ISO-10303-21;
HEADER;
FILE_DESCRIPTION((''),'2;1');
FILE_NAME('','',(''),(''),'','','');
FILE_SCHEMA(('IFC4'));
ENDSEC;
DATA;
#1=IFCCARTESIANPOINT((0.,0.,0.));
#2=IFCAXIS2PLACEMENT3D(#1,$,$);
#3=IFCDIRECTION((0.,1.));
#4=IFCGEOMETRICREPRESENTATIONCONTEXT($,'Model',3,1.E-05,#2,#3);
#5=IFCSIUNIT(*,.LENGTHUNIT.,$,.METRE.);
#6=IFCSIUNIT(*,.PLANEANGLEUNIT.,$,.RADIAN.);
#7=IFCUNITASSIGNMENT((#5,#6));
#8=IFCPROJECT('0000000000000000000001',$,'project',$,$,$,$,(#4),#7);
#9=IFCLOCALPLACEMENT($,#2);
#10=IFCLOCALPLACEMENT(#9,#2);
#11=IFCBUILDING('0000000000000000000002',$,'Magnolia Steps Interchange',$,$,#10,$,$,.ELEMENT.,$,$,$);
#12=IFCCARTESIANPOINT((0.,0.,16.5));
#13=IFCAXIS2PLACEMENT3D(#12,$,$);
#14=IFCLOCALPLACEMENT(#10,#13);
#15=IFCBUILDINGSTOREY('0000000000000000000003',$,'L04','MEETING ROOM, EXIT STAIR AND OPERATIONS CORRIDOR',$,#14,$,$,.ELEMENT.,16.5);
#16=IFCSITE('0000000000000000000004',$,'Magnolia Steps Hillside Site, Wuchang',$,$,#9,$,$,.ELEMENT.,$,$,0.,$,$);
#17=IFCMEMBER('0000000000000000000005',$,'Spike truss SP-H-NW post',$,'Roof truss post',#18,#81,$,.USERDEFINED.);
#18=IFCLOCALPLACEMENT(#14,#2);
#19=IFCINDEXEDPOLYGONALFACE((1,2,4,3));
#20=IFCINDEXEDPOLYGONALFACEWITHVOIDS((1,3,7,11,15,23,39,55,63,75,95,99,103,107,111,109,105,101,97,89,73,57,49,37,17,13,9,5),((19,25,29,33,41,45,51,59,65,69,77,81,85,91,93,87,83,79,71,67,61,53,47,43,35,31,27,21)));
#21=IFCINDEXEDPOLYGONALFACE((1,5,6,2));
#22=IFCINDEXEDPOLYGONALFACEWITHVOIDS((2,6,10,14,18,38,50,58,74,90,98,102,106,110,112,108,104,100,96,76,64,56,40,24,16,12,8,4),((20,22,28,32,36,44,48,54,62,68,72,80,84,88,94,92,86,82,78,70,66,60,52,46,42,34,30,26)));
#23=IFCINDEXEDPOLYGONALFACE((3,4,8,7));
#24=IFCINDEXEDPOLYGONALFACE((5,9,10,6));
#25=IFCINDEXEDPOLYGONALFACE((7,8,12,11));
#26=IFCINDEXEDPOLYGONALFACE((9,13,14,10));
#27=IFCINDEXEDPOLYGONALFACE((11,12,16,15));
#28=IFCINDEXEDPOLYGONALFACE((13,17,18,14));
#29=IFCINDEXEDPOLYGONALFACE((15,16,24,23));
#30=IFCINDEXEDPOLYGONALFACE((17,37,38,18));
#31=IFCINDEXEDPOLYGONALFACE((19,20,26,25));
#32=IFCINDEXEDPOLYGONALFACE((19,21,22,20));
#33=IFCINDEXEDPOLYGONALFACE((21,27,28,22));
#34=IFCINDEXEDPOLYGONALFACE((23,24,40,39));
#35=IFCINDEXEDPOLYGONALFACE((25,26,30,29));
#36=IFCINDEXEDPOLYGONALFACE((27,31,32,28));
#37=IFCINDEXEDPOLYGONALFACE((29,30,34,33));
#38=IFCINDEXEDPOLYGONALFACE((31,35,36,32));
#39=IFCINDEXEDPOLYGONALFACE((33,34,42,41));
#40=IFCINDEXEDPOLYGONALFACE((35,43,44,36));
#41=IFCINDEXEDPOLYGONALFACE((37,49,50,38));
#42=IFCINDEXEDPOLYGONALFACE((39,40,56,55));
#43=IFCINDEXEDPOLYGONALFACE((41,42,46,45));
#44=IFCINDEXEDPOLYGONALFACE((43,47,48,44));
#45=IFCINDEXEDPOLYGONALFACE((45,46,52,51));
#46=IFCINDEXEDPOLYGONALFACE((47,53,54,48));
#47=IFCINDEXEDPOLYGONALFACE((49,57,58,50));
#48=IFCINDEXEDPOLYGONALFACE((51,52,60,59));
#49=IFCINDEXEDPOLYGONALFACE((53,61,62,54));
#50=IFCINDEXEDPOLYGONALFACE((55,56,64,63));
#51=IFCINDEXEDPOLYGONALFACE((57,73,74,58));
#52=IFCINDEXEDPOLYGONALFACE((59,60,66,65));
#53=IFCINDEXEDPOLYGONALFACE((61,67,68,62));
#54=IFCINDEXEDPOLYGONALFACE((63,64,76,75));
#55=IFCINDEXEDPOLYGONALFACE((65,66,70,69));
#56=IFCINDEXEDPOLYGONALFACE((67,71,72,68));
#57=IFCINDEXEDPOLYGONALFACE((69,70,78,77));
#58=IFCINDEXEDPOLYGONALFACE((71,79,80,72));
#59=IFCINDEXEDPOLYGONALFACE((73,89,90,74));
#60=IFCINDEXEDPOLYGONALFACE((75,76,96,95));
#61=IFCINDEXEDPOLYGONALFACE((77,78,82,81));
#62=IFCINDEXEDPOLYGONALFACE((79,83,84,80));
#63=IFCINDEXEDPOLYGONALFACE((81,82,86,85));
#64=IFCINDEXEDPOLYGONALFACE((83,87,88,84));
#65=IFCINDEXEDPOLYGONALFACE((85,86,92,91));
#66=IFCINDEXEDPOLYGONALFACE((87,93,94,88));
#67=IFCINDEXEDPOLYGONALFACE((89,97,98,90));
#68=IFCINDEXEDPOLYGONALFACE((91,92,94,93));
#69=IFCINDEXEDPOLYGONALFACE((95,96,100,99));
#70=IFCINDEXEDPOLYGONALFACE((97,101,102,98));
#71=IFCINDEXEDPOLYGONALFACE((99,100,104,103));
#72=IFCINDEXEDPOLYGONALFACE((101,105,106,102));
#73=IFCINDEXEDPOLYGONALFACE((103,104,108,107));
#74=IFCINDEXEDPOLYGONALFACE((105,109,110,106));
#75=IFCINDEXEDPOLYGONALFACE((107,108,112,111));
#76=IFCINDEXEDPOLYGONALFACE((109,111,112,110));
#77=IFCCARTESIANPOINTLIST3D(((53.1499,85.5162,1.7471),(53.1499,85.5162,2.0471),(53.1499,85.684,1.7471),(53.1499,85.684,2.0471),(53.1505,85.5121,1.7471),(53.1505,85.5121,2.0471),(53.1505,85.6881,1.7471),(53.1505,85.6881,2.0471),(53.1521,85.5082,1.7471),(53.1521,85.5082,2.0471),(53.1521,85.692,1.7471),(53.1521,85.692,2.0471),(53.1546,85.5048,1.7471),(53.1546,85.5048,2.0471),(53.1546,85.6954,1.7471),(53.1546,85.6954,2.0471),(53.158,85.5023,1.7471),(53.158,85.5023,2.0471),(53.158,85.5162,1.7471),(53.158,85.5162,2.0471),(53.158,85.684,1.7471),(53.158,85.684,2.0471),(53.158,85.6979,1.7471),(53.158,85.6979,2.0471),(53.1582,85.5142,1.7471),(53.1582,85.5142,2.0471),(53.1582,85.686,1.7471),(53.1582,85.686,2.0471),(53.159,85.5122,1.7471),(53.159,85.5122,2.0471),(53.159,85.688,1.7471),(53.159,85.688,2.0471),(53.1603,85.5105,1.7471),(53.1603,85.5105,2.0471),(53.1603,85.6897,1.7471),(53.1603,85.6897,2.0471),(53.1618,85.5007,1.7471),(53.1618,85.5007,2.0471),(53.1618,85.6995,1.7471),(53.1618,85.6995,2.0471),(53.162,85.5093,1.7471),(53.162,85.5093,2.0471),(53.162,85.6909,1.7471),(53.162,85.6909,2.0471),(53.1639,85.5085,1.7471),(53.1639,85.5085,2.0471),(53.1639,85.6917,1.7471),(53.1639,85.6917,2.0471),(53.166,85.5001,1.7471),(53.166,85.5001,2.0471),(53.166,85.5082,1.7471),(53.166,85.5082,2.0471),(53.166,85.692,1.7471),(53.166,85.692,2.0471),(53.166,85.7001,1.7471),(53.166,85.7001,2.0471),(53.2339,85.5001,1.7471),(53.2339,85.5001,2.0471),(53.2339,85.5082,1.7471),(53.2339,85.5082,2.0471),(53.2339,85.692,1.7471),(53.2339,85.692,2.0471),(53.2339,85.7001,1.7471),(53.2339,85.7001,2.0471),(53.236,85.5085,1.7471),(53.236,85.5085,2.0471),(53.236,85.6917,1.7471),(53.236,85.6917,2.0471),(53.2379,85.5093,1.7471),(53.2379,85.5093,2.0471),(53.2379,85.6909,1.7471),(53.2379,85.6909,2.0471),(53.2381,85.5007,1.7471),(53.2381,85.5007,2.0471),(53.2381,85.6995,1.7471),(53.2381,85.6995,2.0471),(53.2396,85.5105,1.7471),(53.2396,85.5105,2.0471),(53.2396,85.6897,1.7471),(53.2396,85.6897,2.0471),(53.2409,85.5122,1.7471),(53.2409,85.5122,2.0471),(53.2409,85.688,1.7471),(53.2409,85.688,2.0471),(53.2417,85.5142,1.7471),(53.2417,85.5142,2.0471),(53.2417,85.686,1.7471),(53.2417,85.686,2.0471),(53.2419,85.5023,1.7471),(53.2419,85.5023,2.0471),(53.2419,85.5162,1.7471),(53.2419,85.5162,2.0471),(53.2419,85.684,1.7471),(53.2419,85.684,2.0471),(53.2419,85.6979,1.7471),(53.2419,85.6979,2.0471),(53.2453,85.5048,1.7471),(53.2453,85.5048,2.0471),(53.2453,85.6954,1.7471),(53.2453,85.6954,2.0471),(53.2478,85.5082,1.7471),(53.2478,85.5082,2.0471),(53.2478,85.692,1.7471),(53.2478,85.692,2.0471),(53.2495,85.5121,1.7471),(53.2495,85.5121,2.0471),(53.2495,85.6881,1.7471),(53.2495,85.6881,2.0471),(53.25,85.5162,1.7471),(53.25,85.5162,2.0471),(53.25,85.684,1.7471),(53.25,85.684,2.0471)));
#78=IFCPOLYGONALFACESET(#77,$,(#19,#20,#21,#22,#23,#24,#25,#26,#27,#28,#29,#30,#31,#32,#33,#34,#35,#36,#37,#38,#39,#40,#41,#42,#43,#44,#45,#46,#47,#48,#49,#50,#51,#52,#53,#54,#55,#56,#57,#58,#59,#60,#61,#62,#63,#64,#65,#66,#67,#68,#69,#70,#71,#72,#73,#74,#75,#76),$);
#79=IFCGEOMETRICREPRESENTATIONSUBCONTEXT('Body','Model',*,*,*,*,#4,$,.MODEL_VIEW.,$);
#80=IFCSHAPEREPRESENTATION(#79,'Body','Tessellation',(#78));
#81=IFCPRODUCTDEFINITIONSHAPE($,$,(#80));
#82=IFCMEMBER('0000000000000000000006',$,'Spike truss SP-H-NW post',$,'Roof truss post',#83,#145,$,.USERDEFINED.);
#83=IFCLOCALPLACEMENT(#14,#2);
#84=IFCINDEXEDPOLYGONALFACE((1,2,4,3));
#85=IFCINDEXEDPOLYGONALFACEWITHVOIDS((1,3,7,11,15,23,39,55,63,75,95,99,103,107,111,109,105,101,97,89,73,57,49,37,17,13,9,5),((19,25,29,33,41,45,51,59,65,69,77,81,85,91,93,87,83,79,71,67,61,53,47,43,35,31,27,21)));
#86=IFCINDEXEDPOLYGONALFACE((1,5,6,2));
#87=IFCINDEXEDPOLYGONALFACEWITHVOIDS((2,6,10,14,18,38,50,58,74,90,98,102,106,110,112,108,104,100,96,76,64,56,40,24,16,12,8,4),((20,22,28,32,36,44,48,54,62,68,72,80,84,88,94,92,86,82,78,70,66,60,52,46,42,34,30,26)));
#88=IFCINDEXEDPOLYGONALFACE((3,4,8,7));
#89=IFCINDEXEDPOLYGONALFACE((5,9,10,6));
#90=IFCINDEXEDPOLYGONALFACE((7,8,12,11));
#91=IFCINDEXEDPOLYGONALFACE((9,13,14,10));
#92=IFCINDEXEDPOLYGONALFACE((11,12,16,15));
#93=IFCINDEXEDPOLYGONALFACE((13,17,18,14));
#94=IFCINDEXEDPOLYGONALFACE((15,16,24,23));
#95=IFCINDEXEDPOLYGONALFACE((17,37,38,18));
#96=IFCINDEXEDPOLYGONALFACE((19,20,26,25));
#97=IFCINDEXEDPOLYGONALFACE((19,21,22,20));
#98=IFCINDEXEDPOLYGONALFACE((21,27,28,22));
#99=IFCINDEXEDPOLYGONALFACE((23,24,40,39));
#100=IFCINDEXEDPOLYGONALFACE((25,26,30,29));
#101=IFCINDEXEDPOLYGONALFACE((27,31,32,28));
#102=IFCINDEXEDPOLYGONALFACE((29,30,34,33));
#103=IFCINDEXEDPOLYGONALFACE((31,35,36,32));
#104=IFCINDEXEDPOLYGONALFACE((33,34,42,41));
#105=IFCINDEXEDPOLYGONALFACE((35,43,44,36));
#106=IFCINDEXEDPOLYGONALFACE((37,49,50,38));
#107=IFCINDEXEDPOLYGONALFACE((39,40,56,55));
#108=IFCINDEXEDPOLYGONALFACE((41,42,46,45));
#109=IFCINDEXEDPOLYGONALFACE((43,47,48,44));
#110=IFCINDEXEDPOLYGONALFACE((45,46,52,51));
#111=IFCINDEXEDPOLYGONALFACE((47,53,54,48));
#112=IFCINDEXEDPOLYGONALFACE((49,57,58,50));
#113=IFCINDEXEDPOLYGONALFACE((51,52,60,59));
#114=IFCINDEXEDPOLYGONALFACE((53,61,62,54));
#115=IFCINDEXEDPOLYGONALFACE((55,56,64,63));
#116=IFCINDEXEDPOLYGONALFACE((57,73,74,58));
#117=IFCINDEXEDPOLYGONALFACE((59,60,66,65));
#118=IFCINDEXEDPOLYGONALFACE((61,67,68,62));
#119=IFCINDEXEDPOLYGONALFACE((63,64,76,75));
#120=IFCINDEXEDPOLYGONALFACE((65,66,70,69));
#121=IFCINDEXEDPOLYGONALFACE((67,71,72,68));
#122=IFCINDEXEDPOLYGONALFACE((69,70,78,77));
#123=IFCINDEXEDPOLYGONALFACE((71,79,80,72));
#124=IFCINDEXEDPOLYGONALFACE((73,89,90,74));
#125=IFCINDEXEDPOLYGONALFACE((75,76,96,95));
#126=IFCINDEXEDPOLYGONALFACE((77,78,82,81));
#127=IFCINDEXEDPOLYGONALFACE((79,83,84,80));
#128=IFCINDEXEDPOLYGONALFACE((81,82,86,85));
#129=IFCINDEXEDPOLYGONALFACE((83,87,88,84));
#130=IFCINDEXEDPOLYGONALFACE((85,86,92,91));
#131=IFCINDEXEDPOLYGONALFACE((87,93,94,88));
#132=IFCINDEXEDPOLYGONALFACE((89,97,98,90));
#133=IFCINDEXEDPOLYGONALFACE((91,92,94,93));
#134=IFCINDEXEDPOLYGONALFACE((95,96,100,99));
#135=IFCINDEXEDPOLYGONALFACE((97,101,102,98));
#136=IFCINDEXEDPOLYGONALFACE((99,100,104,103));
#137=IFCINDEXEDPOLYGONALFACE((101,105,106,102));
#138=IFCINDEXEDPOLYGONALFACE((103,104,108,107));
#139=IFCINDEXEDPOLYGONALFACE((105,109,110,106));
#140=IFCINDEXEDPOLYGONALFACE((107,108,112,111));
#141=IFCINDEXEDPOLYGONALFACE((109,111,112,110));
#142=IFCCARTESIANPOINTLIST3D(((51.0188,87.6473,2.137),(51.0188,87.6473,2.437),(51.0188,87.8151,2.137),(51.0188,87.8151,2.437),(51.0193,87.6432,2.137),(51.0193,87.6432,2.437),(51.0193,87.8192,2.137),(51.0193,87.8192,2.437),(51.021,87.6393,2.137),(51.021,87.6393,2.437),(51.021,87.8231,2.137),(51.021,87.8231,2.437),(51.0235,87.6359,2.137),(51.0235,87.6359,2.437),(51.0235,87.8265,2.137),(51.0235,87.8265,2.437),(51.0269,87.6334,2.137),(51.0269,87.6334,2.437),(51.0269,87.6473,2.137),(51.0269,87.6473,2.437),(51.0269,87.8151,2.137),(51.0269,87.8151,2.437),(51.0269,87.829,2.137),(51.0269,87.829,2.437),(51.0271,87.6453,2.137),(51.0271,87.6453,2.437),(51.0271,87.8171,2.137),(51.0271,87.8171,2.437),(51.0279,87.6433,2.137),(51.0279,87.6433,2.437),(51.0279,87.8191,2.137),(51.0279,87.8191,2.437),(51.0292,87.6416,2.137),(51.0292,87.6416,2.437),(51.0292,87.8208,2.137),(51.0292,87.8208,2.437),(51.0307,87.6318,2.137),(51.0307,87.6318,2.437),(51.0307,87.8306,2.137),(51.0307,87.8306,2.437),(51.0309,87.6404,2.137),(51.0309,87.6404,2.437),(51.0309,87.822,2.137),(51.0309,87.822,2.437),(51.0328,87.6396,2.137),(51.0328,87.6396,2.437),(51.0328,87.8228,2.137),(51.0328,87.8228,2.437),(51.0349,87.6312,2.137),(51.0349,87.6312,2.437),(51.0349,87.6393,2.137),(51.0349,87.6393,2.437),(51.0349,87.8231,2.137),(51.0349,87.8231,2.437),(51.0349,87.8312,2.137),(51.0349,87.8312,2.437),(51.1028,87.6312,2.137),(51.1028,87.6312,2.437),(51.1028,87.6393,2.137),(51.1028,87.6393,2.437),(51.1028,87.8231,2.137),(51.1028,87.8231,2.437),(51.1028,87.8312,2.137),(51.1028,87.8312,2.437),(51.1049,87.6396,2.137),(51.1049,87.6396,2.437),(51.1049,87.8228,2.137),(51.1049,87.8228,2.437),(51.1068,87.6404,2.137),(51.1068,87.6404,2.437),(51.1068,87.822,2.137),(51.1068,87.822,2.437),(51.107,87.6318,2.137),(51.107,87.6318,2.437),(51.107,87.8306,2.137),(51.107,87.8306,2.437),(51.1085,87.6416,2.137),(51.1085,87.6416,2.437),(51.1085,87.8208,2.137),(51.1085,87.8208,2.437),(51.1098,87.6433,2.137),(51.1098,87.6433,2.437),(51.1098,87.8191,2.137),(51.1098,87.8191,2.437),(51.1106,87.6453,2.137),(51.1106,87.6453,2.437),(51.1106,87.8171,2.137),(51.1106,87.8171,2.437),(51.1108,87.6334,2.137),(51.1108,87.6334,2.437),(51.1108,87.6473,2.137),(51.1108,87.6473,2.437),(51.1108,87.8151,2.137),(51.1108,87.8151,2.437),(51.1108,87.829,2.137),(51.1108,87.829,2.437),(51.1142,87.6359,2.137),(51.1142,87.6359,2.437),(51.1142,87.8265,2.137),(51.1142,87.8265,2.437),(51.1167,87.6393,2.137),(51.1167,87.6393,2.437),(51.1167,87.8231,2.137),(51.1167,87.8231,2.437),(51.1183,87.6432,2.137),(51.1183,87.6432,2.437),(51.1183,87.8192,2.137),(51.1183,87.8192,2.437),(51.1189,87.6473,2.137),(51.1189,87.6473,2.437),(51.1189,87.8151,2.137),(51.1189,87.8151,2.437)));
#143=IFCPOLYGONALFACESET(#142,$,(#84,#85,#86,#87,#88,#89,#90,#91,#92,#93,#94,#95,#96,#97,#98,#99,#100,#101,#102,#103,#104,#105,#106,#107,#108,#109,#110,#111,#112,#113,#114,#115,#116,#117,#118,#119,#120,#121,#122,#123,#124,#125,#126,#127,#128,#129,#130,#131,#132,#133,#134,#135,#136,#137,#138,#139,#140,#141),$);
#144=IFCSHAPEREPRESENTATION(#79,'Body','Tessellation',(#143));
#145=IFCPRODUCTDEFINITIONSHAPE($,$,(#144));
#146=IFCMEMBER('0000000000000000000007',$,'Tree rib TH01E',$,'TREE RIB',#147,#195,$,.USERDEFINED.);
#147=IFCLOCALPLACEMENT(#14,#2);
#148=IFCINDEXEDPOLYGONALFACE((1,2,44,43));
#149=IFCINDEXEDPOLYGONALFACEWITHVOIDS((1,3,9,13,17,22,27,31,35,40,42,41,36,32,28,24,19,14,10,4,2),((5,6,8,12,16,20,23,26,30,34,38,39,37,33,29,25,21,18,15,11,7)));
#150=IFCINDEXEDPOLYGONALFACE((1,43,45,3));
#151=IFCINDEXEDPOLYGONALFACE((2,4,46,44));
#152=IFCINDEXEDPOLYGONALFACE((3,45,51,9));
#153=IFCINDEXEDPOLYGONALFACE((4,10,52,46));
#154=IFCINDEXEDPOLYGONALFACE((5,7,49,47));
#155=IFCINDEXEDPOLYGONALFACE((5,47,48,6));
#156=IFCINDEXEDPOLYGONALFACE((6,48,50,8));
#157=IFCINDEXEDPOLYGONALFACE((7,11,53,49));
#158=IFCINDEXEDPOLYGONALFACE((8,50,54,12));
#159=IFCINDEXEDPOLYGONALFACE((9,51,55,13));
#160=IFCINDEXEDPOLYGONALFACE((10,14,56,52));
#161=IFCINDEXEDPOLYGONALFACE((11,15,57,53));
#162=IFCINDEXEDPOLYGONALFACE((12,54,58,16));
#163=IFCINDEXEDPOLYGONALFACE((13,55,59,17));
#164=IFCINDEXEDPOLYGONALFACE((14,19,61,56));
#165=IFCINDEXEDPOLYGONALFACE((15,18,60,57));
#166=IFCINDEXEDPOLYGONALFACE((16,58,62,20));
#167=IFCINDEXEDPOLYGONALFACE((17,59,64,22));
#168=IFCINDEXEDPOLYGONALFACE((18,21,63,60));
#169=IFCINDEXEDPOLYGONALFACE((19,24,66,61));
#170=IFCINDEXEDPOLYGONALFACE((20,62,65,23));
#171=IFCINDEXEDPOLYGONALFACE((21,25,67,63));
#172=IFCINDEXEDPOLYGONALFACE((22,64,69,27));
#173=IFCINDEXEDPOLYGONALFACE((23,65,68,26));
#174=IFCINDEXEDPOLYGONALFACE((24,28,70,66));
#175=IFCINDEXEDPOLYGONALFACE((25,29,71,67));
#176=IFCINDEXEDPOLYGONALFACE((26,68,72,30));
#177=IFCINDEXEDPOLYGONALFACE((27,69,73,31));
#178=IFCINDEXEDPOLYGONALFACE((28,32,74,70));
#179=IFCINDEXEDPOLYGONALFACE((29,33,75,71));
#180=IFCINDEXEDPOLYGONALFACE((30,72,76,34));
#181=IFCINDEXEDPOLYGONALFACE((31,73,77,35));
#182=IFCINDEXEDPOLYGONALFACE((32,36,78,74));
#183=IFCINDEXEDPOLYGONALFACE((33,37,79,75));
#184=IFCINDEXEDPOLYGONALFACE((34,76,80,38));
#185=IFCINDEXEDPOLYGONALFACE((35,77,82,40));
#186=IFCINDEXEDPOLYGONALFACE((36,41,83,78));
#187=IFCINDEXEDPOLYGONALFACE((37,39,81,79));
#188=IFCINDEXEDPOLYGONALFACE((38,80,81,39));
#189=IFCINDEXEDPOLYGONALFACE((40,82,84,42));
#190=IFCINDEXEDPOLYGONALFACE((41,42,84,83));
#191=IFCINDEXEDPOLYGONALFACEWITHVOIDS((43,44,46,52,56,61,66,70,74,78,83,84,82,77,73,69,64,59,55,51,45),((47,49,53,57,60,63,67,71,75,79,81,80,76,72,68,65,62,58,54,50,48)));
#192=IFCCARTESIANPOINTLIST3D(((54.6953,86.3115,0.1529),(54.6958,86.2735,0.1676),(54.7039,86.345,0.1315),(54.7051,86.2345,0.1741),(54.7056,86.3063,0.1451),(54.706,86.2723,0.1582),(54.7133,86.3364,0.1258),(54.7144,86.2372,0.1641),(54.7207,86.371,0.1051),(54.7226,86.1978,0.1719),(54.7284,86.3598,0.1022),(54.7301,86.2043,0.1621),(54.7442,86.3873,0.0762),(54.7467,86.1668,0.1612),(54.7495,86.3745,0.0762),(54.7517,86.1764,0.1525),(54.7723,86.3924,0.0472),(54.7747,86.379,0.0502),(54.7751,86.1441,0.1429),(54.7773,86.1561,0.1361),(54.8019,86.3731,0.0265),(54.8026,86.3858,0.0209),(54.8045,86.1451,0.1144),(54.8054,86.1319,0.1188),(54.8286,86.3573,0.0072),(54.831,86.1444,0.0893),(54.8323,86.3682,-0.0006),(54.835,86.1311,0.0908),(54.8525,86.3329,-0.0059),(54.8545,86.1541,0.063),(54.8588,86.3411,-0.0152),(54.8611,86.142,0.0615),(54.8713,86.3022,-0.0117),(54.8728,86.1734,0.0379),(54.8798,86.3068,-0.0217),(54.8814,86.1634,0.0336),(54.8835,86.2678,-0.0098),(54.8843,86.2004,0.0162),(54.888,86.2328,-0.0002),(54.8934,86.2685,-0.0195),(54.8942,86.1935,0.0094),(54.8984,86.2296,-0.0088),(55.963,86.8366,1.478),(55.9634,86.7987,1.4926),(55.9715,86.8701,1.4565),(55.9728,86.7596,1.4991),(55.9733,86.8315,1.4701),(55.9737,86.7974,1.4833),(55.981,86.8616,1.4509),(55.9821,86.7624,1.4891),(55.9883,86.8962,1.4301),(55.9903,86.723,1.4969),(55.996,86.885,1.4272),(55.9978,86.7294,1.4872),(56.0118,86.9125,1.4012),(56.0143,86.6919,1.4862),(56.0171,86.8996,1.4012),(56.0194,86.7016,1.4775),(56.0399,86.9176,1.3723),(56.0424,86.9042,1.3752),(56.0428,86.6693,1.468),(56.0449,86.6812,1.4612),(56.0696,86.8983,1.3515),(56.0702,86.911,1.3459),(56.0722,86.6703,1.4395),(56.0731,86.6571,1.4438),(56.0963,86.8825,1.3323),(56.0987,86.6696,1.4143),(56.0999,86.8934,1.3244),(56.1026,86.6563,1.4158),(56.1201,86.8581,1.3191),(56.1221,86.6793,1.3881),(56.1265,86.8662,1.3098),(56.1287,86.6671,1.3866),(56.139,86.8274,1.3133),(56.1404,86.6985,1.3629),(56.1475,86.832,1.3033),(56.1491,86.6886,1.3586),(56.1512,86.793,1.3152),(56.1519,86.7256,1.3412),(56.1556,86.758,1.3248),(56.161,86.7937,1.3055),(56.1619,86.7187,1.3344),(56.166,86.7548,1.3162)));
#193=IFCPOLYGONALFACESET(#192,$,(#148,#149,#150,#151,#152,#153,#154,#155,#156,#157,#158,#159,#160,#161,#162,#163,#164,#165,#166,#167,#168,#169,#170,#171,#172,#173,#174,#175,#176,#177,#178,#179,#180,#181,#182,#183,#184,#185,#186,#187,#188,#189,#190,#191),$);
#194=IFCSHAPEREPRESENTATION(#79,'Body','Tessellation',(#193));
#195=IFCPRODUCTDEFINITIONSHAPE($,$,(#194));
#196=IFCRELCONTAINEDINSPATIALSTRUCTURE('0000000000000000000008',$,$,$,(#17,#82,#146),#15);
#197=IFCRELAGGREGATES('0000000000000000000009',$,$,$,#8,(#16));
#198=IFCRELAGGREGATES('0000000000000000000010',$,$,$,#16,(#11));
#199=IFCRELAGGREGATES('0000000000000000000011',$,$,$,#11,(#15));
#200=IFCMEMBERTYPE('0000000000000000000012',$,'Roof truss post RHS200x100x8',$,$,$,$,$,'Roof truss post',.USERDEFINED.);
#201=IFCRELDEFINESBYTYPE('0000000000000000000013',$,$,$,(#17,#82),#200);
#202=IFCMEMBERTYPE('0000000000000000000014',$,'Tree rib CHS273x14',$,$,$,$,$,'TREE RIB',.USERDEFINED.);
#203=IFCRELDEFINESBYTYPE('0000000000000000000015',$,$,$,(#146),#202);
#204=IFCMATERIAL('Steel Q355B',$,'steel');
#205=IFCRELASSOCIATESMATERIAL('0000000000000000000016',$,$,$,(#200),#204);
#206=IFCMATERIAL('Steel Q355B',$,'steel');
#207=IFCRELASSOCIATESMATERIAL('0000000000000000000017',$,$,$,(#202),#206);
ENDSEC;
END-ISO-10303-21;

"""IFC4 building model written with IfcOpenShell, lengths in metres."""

from ifc_helpers import new_model, si_unit, direction, frame, origin, origin_2d, place, context, subcontext, project, spatial, hollow_rectangle, hollow_circle, extrude, material, material_profile, profile_set, type_object, element, save


model = new_model("IFC4")

# Units and contexts
model_context = context("Model", 3, precision=1e-05, world=origin(), true_north=direction((0.0, 1.0)))
body_context = subcontext(model_context, "Body", "Model", "MODEL_VIEW")
ifc_project = project(units=[si_unit("LENGTHUNIT", "METRE"), si_unit("PLANEANGLEUNIT", "RADIAN")], contexts=[model_context])

# Site, building, storey
site_placement = place(None, origin())
site = spatial("IfcSite", under=ifc_project, at=site_placement, Name="Magnolia Steps Hillside Site, Wuchang", CompositionType="ELEMENT", RefElevation=0.0)
building_placement = place(site_placement, origin())
building = spatial("IfcBuilding", under=site, at=building_placement, Name="Magnolia Steps Interchange", CompositionType="ELEMENT")
storey_placement = place(building_placement, frame((0.0, 0.0, 16.5)))
storey = spatial("IfcBuildingStorey", under=building, at=storey_placement, Name="L04", Description="MEETING ROOM, EXIT STAIR AND OPERATIONS CORRIDOR", CompositionType="ELEMENT", Elevation=16.5)

# Members
ifc_material_1 = material(Name="Steel Q355B", Category="steel")
ifc_material_profile_1 = material_profile(ifc_material_1, hollow_rectangle(XDim=0.1001, YDim=0.2, WallThickness=0.0081, InnerFilletRadius=0.0081, OuterFilletRadius=0.0161, at=origin_2d()), Name="RHS200x100x8")
ifc_profile_set_1 = profile_set([ifc_material_profile_1], Name="Steel Q355B")
member_type_1 = type_object("IfcMemberType", Name="Roof truss post RHS200x100x8", ElementType="Roof truss post", PredefinedType="USERDEFINED", material=ifc_profile_set_1)
for number, where, z_axis, x_axis, name in (
    (1, (53.2, 85.6001, 1.7471), (0.0, 0.0, 1.0), (1.0, 0.0, 0.0), "Spike truss SP-H-NW post"),
    (2, (51.0688, 87.7312, 2.137), (0.0, 0.0, 1.0), (1.0, 0.0, 0.0), "Spike truss SP-H-NW post"),
):
    element("IfcMember", number, at=place(storey_placement, frame(where, z_axis=z_axis, x_axis=x_axis)), inside=storey, type_object=member_type_1, Name=name, ObjectType="Roof truss post", PredefinedType="USERDEFINED", context=body_context, shape_type="SweptSolid", body=[
        extrude(hollow_rectangle(XDim=0.1001, YDim=0.2, WallThickness=0.0081, InnerFilletRadius=0.0081, OuterFilletRadius=0.0161, at=origin_2d()), origin(), (0.0, 0.0, 1.0), 0.3),
    ])
ifc_material_2 = material(Name="Steel Q355B", Category="steel")
ifc_material_profile_2 = material_profile(ifc_material_2, hollow_circle(Radius=0.1365, WallThickness=0.0139, at=origin_2d()), Name="CHS273x14")
ifc_profile_set_2 = profile_set([ifc_material_profile_2], Name="Steel Q355B")
member_type_2 = type_object("IfcMemberType", Name="Tree rib CHS273x14", ElementType="TREE RIB", PredefinedType="USERDEFINED", material=ifc_profile_set_2)
for number, where, z_axis, x_axis, name in (
    (3, (54.7964, 86.2612, 0.0762), (0.664571, 0.275326, 0.694651), (-0.382745, 0.923854, 0.0), "Tree rib TH01E"),
):
    element("IfcMember", number, at=place(storey_placement, frame(where, z_axis=z_axis, x_axis=x_axis)), inside=storey, type_object=member_type_2, Name=name, ObjectType="TREE RIB", PredefinedType="USERDEFINED", context=body_context, shape_type="SweptSolid", body=[
        extrude(hollow_circle(Radius=0.1365, WallThickness=0.0139, at=origin_2d()), origin(), (0.0, 0.0, 1.0), 1.9075),
    ])

save(model, "model.ifc")
